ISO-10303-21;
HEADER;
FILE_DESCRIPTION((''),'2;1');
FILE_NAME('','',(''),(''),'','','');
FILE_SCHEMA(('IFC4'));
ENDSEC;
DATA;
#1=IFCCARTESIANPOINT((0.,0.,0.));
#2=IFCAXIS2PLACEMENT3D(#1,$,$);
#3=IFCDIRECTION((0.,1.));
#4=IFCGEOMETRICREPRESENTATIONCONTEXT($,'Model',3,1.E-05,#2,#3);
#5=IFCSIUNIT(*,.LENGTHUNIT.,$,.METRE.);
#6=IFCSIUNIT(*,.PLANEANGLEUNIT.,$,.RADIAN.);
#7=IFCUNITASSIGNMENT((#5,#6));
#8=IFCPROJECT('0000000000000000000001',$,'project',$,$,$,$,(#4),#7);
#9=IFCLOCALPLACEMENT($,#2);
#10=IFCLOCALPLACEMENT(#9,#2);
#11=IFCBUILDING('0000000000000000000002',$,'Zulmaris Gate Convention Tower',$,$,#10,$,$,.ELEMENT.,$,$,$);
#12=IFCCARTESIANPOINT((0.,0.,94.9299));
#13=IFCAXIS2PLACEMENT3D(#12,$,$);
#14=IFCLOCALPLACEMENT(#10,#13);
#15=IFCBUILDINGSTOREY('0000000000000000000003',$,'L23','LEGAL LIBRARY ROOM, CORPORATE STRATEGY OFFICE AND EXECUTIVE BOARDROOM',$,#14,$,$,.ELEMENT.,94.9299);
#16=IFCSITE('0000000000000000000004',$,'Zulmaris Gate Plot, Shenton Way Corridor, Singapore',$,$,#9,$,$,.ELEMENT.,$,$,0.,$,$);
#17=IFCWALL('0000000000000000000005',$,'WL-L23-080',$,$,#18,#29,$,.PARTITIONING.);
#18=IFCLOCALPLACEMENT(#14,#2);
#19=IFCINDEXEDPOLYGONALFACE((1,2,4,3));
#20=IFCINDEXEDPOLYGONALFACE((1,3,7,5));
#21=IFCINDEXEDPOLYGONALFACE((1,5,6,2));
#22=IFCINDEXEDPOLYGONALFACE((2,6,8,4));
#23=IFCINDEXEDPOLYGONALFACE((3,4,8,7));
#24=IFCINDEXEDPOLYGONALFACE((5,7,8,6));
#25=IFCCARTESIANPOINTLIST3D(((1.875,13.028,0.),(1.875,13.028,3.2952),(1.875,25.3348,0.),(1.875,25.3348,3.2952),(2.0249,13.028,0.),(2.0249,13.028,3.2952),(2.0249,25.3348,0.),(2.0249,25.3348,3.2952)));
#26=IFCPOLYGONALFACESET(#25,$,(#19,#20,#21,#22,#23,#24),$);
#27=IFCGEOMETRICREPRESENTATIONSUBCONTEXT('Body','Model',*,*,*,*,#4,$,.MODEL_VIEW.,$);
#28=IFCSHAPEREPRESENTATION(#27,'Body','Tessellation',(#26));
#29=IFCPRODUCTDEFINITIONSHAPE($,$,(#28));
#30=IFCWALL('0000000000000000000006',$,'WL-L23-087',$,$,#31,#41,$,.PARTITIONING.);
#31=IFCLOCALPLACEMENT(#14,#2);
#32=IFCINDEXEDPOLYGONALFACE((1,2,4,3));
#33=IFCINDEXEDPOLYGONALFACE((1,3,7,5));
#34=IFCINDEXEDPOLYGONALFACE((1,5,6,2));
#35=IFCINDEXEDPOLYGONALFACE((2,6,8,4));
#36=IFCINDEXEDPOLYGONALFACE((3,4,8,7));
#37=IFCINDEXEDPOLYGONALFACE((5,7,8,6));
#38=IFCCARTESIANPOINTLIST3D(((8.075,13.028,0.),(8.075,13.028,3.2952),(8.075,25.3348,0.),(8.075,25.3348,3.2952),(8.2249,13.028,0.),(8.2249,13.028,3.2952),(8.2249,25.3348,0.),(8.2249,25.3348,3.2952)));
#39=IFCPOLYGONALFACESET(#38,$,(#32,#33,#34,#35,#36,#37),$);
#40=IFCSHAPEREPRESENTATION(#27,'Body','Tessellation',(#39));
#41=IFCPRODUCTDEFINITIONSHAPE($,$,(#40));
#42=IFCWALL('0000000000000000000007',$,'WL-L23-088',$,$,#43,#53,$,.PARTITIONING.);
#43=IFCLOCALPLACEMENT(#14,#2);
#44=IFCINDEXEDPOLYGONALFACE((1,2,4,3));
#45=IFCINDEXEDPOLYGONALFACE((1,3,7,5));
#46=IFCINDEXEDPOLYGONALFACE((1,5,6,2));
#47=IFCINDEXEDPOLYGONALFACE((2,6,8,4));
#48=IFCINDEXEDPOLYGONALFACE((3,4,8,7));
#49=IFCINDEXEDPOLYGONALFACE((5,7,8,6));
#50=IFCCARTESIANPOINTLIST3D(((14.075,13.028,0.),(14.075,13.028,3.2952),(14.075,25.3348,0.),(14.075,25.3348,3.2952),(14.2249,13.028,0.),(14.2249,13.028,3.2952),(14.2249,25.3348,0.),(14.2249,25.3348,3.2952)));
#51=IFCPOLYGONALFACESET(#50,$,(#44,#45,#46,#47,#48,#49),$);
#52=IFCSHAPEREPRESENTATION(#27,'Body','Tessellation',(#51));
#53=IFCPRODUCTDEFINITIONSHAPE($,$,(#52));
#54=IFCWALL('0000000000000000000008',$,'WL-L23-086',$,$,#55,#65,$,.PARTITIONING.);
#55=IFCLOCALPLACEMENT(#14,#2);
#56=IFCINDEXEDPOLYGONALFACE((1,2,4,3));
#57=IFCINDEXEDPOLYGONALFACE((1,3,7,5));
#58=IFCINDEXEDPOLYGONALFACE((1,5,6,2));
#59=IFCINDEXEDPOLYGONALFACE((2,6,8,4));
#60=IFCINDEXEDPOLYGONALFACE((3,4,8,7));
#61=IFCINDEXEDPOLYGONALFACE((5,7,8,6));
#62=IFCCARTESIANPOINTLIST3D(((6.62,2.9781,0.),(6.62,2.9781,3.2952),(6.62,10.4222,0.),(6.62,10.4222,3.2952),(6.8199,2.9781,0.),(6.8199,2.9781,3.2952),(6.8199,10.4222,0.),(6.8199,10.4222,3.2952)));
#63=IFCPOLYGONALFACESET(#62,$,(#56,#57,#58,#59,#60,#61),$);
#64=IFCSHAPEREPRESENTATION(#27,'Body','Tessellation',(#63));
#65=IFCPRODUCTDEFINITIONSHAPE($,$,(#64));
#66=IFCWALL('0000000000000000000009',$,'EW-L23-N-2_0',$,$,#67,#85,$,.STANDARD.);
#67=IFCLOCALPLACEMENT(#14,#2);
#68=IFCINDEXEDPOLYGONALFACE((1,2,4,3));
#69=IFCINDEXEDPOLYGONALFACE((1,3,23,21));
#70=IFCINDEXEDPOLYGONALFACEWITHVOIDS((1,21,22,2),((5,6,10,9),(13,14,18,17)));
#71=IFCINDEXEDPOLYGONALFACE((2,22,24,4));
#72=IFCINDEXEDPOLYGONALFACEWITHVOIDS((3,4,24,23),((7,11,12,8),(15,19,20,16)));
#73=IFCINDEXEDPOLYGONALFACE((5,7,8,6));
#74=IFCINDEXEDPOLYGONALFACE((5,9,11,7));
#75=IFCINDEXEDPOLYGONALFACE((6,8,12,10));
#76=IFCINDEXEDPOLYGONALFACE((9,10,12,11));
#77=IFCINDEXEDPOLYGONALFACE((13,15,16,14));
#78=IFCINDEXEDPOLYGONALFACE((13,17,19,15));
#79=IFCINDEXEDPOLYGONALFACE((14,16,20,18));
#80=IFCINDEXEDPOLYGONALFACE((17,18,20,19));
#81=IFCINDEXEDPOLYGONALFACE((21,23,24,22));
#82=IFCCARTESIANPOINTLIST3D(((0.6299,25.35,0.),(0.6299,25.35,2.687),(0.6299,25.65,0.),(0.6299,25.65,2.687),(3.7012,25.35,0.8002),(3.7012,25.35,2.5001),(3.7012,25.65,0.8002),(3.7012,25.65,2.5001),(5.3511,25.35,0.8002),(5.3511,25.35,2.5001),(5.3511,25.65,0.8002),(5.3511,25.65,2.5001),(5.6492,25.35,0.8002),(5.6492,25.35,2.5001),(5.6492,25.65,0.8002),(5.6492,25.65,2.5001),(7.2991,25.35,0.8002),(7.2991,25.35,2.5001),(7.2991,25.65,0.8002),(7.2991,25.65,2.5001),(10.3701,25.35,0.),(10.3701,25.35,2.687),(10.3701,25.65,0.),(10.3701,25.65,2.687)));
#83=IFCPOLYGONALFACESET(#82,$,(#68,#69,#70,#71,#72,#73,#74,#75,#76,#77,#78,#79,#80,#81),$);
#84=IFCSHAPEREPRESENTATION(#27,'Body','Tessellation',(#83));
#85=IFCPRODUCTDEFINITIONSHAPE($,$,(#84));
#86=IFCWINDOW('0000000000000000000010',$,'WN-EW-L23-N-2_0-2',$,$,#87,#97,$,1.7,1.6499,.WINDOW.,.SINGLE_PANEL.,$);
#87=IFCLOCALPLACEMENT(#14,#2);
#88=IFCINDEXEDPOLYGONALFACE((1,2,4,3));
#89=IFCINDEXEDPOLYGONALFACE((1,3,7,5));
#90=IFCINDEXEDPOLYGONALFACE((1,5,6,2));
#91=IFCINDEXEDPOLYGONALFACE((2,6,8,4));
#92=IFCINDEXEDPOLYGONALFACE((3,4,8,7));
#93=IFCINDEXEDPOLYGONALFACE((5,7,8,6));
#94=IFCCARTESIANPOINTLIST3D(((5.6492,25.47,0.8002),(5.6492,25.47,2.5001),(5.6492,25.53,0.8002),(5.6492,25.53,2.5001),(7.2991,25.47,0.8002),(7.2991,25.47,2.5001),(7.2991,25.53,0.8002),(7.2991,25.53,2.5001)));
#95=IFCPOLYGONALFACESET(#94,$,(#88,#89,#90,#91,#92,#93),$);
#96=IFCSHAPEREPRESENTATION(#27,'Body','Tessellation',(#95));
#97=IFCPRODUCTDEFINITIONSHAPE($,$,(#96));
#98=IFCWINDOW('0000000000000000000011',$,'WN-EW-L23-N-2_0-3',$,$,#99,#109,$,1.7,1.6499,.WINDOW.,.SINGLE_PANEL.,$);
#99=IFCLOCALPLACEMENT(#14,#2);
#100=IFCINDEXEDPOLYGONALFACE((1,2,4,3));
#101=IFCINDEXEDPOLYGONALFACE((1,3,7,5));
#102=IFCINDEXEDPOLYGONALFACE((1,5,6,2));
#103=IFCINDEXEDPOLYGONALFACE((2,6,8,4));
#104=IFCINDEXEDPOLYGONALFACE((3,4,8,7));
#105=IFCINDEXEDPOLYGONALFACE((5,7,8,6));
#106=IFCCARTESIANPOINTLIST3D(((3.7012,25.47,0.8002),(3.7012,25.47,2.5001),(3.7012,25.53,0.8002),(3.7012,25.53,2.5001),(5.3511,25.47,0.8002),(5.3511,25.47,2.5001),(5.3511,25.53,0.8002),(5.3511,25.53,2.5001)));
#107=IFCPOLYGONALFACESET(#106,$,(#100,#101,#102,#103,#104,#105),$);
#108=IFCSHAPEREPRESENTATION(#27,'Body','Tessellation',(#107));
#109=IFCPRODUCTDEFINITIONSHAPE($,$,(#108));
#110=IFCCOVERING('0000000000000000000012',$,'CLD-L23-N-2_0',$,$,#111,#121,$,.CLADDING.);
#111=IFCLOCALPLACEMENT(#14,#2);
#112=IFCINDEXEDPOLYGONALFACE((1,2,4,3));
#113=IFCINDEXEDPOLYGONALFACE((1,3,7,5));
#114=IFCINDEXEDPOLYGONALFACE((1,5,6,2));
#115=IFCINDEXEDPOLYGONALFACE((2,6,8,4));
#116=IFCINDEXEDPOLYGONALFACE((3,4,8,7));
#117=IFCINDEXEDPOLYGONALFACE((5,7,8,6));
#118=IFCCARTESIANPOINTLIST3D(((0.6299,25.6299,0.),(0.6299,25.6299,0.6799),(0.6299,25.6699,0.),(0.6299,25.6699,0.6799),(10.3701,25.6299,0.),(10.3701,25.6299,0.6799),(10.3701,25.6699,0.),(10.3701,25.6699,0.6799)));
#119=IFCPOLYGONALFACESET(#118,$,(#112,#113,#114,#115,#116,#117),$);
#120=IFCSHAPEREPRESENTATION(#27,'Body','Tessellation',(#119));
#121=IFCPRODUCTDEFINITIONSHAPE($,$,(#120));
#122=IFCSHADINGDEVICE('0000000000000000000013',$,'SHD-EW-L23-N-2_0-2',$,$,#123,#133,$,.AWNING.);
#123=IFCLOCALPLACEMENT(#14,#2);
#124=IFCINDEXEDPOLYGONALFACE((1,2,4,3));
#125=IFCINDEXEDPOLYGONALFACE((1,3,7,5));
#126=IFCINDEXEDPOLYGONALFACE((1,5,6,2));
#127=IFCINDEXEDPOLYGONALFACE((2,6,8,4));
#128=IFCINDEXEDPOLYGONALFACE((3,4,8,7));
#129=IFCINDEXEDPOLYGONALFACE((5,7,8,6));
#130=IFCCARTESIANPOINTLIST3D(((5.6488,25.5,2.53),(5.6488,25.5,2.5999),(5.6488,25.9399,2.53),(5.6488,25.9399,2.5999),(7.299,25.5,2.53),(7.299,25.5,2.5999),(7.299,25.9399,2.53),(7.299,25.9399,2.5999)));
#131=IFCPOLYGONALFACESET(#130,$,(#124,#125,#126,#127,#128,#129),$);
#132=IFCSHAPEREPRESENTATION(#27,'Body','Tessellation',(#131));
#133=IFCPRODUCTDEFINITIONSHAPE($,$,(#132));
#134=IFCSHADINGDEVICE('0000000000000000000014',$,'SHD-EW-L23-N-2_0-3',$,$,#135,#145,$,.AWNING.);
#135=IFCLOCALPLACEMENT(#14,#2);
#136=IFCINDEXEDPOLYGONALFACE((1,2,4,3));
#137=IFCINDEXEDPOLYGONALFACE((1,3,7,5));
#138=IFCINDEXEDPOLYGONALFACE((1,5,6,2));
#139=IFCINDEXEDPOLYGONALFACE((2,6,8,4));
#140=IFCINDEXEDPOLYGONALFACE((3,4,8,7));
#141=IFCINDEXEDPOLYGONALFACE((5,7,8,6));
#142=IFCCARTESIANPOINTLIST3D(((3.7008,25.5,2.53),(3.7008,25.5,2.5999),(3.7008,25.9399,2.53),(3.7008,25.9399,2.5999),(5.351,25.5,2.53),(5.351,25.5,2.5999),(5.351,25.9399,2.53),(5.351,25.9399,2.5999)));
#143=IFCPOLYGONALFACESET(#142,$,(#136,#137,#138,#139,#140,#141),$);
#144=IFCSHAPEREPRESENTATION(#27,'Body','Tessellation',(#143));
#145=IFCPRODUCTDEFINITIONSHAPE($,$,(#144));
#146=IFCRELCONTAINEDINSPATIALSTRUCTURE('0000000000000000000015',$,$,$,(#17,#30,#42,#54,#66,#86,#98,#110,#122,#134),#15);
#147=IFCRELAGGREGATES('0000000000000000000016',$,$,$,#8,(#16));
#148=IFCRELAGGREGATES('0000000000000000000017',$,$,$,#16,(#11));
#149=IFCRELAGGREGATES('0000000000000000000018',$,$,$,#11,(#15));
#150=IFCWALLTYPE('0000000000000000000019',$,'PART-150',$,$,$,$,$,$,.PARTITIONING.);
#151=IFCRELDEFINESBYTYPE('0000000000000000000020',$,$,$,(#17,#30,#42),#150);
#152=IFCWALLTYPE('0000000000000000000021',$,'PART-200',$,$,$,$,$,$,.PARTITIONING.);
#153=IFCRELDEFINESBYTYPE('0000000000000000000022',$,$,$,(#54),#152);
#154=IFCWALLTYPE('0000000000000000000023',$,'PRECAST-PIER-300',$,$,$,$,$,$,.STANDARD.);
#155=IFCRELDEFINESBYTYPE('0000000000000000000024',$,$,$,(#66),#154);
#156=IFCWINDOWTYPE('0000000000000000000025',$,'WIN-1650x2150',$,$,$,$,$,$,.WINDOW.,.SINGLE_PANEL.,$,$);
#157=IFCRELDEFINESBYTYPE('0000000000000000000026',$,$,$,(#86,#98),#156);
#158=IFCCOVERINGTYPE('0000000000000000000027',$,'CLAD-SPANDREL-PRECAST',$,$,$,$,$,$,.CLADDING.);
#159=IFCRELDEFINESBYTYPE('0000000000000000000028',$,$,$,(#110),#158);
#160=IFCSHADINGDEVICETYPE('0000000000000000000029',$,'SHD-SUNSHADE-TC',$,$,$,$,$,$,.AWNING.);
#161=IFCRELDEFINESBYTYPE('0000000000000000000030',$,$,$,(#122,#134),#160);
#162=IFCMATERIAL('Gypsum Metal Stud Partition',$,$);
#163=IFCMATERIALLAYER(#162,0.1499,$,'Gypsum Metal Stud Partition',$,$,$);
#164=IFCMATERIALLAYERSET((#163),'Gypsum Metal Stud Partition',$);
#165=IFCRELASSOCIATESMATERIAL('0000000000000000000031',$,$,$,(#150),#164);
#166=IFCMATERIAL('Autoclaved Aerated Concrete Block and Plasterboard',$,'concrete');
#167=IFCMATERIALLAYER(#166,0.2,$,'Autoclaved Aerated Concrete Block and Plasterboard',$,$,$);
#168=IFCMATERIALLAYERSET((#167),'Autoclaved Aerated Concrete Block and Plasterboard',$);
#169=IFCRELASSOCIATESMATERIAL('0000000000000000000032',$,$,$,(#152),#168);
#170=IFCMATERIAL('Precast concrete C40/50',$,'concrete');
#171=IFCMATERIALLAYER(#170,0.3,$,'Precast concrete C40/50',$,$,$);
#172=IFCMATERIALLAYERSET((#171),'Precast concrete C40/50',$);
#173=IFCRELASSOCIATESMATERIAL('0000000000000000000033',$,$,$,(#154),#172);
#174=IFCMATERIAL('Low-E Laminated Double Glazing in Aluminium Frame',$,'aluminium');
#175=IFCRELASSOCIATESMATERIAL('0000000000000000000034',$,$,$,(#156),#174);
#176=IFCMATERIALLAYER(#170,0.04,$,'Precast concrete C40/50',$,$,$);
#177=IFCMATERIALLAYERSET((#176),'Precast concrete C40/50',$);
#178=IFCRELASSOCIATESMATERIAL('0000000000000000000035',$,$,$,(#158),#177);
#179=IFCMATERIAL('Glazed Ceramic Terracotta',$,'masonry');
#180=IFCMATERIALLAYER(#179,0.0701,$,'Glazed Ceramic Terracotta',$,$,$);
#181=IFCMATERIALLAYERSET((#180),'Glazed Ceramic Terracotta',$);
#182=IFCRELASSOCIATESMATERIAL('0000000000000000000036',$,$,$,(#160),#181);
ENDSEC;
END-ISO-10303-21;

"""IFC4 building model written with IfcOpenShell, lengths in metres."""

from ifc_helpers import new_model, si_unit, direction, frame, frame_2d, origin, place, context, subcontext, project, spatial, rectangle, extrude, material, layer, layer_set, type_object, element, fill, save


model = new_model("IFC4")

# Units and contexts
model_context = context("Model", 3, precision=1e-05, world=origin(), true_north=direction((0.0, 1.0)))
body_context = subcontext(model_context, "Body", "Model", "MODEL_VIEW")
ifc_project = project(units=[si_unit("LENGTHUNIT", "METRE"), si_unit("PLANEANGLEUNIT", "RADIAN")], contexts=[model_context])

# Site, building, storey
site_placement = place(None, origin())
site = spatial("IfcSite", under=ifc_project, at=site_placement, Name="Zulmaris Gate Plot, Shenton Way Corridor, Singapore", CompositionType="ELEMENT", RefElevation=0.0)
building_placement = place(site_placement, origin())
building = spatial("IfcBuilding", under=site, at=building_placement, Name="Zulmaris Gate Convention Tower", CompositionType="ELEMENT")
storey_placement = place(building_placement, frame((0.0, 0.0, 94.9299)))
storey = spatial("IfcBuildingStorey", under=building, at=storey_placement, Name="L23", Description="LEGAL LIBRARY ROOM, CORPORATE STRATEGY OFFICE AND EXECUTIVE BOARDROOM", CompositionType="ELEMENT", Elevation=94.9299)

# Walls
ifc_material_1 = material(Name="Gypsum Metal Stud Partition")
ifc_layer_1 = layer(ifc_material_1, 0.1499, Name="Gypsum Metal Stud Partition")
ifc_layer_set_1 = layer_set([ifc_layer_1], Name="Gypsum Metal Stud Partition")
wall_type_1 = type_object("IfcWallType", Name="PART-150", PredefinedType="PARTITIONING", material=ifc_layer_set_1)
for number, where, z_axis, x_axis, name in (
    (1, (1.95, 13.0281, 0.0), (0.0, 0.0, 1.0), (0.0, 1.0, 0.0), "WL-L23-080"),
    (2, (8.1499, 13.0281, 0.0), (0.0, 0.0, 1.0), (0.0, 1.0, 0.0), "WL-L23-087"),
    (3, (14.1499, 13.0281, 0.0), (0.0, 0.0, 1.0), (0.0, 1.0, 0.0), "WL-L23-088"),
):
    element("IfcWall", number, at=place(storey_placement, frame(where, z_axis=z_axis, x_axis=x_axis)), inside=storey, type_object=wall_type_1, Name=name, PredefinedType="PARTITIONING", context=body_context, shape_type="SweptSolid", body=[
        extrude(rectangle(XDim=12.3069, YDim=0.1499, at=frame_2d((6.1533, 0.0))), origin(), (0.0, 0.0, 1.0), 3.2952),
    ])
ifc_material_2 = material(Name="Autoclaved Aerated Concrete Block and Plasterboard", Category="concrete")
ifc_layer_2 = layer(ifc_material_2, 0.2, Name="Autoclaved Aerated Concrete Block and Plasterboard")
ifc_layer_set_2 = layer_set([ifc_layer_2], Name="Autoclaved Aerated Concrete Block and Plasterboard")
wall_type_2 = type_object("IfcWallType", Name="PART-200", PredefinedType="PARTITIONING", material=ifc_layer_set_2)
wall_1_placement = place(storey_placement, frame((6.72, 2.978, 0.0), z_axis=(0.0, 0.0, 1.0), x_axis=(0.0, 1.0, 0.0)))
element("IfcWall", 4, at=wall_1_placement, inside=storey, type_object=wall_type_2, Name="WL-L23-086", PredefinedType="PARTITIONING", context=body_context, shape_type="SweptSolid", body=[
    extrude(rectangle(XDim=7.4441, YDim=0.2, at=frame_2d((3.7222, 0.0))), origin(), (0.0, 0.0, 1.0), 3.2952),
])

# Wall, openings, windows
ifc_material_3 = material(Name="Precast concrete C40/50", Category="concrete")
ifc_layer_3 = layer(ifc_material_3, 0.3, Name="Precast concrete C40/50")
ifc_layer_set_3 = layer_set([ifc_layer_3], Name="Precast concrete C40/50")
wall_type_3 = type_object("IfcWallType", Name="PRECAST-PIER-300", PredefinedType="STANDARD", material=ifc_layer_set_3)
wall_2_placement = place(storey_placement, frame((10.3701, 25.5, 0.0), z_axis=(0.0, 0.0, 1.0), x_axis=(-1.0, 0.0, 0.0)))
wall_2 = element("IfcWall", 5, at=wall_2_placement, inside=storey, type_object=wall_type_3, Name="EW-L23-N-2_0", PredefinedType="STANDARD", context=body_context, shape_type="SweptSolid", body=[
    extrude(rectangle(XDim=9.7402, YDim=0.3, at=frame_2d((4.8701, 0.0))), origin(), (0.0, 0.0, 1.0), 2.687),
])
opening_1_placement = place(wall_2_placement, frame((3.071, 0.0, 0.8)))
opening_1 = element("IfcOpeningElement", 6, at=opening_1_placement, cuts=wall_2, PredefinedType="OPENING", context=body_context, shape_type="SweptSolid", body=[
    extrude(rectangle(XDim=1.6499, YDim=1.7, at=frame_2d((0.825, 0.8501))), frame((0.0, 0.1602, 0.0), z_axis=(0.0, -1.0, 0.0), x_axis=(1.0, 0.0, 0.0)), (0.0, 0.0, 1.0), 0.3201),
])
opening_2_placement = place(wall_2_placement, frame((5.019, 0.0, 0.8)))
opening_2 = element("IfcOpeningElement", 7, at=opening_2_placement, cuts=wall_2, PredefinedType="OPENING", context=body_context, shape_type="SweptSolid", body=[
    extrude(rectangle(XDim=1.6499, YDim=1.7, at=frame_2d((0.825, 0.8501))), frame((0.0, 0.1602, 0.0), z_axis=(0.0, -1.0, 0.0), x_axis=(1.0, 0.0, 0.0)), (0.0, 0.0, 1.0), 0.3201),
])
ifc_material_4 = material(Name="Low-E Laminated Double Glazing in Aluminium Frame", Category="aluminium")
window_type = type_object("IfcWindowType", Name="WIN-1650x2150", PartitioningType="SINGLE_PANEL", PredefinedType="WINDOW", material=ifc_material_4)
window_1_placement = place(opening_1_placement, origin())
window_1 = element("IfcWindow", 8, at=window_1_placement, inside=storey, type_object=window_type, Name="WN-EW-L23-N-2_0-2", OverallHeight=1.7, OverallWidth=1.6499, PartitioningType="SINGLE_PANEL", PredefinedType="WINDOW", context=body_context, shape_type="SweptSolid", body=[
    extrude(rectangle(XDim=1.6499, YDim=1.7, at=frame_2d((0.825, 0.8501))), frame((0.0, 0.03, 0.0), z_axis=(0.0, -1.0, 0.0), x_axis=(1.0, 0.0, 0.0)), (0.0, 0.0, 1.0), 0.0601),
])
fill(opening_1, window_1)
window_2_placement = place(opening_2_placement, origin())
window_2 = element("IfcWindow", 9, at=window_2_placement, inside=storey, type_object=window_type, Name="WN-EW-L23-N-2_0-3", OverallHeight=1.7, OverallWidth=1.6499, PartitioningType="SINGLE_PANEL", PredefinedType="WINDOW", context=body_context, shape_type="SweptSolid", body=[
    extrude(rectangle(XDim=1.6499, YDim=1.7, at=frame_2d((0.825, 0.8501))), frame((0.0, 0.03, 0.0), z_axis=(0.0, -1.0, 0.0), x_axis=(1.0, 0.0, 0.0)), (0.0, 0.0, 1.0), 0.0601),
])
fill(opening_2, window_2)

# Covering
ifc_layer_4 = layer(ifc_material_3, 0.04, Name="Precast concrete C40/50")
ifc_layer_set_4 = layer_set([ifc_layer_4], Name="Precast concrete C40/50")
covering_type = type_object("IfcCoveringType", Name="CLAD-SPANDREL-PRECAST", PredefinedType="CLADDING", material=ifc_layer_set_4)
covering_placement = place(storey_placement, frame((10.3701, 25.6499, 0.0), z_axis=(0.0, 0.0, 1.0), x_axis=(-1.0, 0.0, 0.0)))
element("IfcCovering", 10, at=covering_placement, inside=storey, type_object=covering_type, Name="CLD-L23-N-2_0", PredefinedType="CLADDING", context=body_context, shape_type="SweptSolid", body=[
    extrude(rectangle(XDim=9.7402, YDim=0.04, at=frame_2d((4.8701, 0.0))), origin(), (0.0, 0.0, 1.0), 0.6799),
])

# Shading devices
ifc_material_5 = material(Name="Glazed Ceramic Terracotta", Category="masonry")
ifc_layer_5 = layer(ifc_material_5, 0.0701, Name="Glazed Ceramic Terracotta")
ifc_layer_set_5 = layer_set([ifc_layer_5], Name="Glazed Ceramic Terracotta")
shading_device_type = type_object("IfcShadingDeviceType", Name="SHD-SUNSHADE-TC", PredefinedType="AWNING", material=ifc_layer_set_5)
for number, where, z_axis, x_axis, name in (
    (11, (7.2991, 25.72, 2.53), (0.0, 0.0, 1.0), (-1.0, 0.0, 0.0), "SHD-EW-L23-N-2_0-2"),
    (12, (5.3511, 25.72, 2.53), (0.0, 0.0, 1.0), (-1.0, 0.0, 0.0), "SHD-EW-L23-N-2_0-3"),
):
    element("IfcShadingDevice", number, at=place(storey_placement, frame(where, z_axis=z_axis, x_axis=x_axis)), inside=storey, type_object=shading_device_type, Name=name, PredefinedType="AWNING", context=body_context, shape_type="SweptSolid", body=[
        extrude(rectangle(XDim=1.6501, YDim=0.4399, at=frame_2d((0.8252, 0.0))), origin(), (0.0, 0.0, 1.0), 0.0698),
    ])

save(model, "model.ifc")
